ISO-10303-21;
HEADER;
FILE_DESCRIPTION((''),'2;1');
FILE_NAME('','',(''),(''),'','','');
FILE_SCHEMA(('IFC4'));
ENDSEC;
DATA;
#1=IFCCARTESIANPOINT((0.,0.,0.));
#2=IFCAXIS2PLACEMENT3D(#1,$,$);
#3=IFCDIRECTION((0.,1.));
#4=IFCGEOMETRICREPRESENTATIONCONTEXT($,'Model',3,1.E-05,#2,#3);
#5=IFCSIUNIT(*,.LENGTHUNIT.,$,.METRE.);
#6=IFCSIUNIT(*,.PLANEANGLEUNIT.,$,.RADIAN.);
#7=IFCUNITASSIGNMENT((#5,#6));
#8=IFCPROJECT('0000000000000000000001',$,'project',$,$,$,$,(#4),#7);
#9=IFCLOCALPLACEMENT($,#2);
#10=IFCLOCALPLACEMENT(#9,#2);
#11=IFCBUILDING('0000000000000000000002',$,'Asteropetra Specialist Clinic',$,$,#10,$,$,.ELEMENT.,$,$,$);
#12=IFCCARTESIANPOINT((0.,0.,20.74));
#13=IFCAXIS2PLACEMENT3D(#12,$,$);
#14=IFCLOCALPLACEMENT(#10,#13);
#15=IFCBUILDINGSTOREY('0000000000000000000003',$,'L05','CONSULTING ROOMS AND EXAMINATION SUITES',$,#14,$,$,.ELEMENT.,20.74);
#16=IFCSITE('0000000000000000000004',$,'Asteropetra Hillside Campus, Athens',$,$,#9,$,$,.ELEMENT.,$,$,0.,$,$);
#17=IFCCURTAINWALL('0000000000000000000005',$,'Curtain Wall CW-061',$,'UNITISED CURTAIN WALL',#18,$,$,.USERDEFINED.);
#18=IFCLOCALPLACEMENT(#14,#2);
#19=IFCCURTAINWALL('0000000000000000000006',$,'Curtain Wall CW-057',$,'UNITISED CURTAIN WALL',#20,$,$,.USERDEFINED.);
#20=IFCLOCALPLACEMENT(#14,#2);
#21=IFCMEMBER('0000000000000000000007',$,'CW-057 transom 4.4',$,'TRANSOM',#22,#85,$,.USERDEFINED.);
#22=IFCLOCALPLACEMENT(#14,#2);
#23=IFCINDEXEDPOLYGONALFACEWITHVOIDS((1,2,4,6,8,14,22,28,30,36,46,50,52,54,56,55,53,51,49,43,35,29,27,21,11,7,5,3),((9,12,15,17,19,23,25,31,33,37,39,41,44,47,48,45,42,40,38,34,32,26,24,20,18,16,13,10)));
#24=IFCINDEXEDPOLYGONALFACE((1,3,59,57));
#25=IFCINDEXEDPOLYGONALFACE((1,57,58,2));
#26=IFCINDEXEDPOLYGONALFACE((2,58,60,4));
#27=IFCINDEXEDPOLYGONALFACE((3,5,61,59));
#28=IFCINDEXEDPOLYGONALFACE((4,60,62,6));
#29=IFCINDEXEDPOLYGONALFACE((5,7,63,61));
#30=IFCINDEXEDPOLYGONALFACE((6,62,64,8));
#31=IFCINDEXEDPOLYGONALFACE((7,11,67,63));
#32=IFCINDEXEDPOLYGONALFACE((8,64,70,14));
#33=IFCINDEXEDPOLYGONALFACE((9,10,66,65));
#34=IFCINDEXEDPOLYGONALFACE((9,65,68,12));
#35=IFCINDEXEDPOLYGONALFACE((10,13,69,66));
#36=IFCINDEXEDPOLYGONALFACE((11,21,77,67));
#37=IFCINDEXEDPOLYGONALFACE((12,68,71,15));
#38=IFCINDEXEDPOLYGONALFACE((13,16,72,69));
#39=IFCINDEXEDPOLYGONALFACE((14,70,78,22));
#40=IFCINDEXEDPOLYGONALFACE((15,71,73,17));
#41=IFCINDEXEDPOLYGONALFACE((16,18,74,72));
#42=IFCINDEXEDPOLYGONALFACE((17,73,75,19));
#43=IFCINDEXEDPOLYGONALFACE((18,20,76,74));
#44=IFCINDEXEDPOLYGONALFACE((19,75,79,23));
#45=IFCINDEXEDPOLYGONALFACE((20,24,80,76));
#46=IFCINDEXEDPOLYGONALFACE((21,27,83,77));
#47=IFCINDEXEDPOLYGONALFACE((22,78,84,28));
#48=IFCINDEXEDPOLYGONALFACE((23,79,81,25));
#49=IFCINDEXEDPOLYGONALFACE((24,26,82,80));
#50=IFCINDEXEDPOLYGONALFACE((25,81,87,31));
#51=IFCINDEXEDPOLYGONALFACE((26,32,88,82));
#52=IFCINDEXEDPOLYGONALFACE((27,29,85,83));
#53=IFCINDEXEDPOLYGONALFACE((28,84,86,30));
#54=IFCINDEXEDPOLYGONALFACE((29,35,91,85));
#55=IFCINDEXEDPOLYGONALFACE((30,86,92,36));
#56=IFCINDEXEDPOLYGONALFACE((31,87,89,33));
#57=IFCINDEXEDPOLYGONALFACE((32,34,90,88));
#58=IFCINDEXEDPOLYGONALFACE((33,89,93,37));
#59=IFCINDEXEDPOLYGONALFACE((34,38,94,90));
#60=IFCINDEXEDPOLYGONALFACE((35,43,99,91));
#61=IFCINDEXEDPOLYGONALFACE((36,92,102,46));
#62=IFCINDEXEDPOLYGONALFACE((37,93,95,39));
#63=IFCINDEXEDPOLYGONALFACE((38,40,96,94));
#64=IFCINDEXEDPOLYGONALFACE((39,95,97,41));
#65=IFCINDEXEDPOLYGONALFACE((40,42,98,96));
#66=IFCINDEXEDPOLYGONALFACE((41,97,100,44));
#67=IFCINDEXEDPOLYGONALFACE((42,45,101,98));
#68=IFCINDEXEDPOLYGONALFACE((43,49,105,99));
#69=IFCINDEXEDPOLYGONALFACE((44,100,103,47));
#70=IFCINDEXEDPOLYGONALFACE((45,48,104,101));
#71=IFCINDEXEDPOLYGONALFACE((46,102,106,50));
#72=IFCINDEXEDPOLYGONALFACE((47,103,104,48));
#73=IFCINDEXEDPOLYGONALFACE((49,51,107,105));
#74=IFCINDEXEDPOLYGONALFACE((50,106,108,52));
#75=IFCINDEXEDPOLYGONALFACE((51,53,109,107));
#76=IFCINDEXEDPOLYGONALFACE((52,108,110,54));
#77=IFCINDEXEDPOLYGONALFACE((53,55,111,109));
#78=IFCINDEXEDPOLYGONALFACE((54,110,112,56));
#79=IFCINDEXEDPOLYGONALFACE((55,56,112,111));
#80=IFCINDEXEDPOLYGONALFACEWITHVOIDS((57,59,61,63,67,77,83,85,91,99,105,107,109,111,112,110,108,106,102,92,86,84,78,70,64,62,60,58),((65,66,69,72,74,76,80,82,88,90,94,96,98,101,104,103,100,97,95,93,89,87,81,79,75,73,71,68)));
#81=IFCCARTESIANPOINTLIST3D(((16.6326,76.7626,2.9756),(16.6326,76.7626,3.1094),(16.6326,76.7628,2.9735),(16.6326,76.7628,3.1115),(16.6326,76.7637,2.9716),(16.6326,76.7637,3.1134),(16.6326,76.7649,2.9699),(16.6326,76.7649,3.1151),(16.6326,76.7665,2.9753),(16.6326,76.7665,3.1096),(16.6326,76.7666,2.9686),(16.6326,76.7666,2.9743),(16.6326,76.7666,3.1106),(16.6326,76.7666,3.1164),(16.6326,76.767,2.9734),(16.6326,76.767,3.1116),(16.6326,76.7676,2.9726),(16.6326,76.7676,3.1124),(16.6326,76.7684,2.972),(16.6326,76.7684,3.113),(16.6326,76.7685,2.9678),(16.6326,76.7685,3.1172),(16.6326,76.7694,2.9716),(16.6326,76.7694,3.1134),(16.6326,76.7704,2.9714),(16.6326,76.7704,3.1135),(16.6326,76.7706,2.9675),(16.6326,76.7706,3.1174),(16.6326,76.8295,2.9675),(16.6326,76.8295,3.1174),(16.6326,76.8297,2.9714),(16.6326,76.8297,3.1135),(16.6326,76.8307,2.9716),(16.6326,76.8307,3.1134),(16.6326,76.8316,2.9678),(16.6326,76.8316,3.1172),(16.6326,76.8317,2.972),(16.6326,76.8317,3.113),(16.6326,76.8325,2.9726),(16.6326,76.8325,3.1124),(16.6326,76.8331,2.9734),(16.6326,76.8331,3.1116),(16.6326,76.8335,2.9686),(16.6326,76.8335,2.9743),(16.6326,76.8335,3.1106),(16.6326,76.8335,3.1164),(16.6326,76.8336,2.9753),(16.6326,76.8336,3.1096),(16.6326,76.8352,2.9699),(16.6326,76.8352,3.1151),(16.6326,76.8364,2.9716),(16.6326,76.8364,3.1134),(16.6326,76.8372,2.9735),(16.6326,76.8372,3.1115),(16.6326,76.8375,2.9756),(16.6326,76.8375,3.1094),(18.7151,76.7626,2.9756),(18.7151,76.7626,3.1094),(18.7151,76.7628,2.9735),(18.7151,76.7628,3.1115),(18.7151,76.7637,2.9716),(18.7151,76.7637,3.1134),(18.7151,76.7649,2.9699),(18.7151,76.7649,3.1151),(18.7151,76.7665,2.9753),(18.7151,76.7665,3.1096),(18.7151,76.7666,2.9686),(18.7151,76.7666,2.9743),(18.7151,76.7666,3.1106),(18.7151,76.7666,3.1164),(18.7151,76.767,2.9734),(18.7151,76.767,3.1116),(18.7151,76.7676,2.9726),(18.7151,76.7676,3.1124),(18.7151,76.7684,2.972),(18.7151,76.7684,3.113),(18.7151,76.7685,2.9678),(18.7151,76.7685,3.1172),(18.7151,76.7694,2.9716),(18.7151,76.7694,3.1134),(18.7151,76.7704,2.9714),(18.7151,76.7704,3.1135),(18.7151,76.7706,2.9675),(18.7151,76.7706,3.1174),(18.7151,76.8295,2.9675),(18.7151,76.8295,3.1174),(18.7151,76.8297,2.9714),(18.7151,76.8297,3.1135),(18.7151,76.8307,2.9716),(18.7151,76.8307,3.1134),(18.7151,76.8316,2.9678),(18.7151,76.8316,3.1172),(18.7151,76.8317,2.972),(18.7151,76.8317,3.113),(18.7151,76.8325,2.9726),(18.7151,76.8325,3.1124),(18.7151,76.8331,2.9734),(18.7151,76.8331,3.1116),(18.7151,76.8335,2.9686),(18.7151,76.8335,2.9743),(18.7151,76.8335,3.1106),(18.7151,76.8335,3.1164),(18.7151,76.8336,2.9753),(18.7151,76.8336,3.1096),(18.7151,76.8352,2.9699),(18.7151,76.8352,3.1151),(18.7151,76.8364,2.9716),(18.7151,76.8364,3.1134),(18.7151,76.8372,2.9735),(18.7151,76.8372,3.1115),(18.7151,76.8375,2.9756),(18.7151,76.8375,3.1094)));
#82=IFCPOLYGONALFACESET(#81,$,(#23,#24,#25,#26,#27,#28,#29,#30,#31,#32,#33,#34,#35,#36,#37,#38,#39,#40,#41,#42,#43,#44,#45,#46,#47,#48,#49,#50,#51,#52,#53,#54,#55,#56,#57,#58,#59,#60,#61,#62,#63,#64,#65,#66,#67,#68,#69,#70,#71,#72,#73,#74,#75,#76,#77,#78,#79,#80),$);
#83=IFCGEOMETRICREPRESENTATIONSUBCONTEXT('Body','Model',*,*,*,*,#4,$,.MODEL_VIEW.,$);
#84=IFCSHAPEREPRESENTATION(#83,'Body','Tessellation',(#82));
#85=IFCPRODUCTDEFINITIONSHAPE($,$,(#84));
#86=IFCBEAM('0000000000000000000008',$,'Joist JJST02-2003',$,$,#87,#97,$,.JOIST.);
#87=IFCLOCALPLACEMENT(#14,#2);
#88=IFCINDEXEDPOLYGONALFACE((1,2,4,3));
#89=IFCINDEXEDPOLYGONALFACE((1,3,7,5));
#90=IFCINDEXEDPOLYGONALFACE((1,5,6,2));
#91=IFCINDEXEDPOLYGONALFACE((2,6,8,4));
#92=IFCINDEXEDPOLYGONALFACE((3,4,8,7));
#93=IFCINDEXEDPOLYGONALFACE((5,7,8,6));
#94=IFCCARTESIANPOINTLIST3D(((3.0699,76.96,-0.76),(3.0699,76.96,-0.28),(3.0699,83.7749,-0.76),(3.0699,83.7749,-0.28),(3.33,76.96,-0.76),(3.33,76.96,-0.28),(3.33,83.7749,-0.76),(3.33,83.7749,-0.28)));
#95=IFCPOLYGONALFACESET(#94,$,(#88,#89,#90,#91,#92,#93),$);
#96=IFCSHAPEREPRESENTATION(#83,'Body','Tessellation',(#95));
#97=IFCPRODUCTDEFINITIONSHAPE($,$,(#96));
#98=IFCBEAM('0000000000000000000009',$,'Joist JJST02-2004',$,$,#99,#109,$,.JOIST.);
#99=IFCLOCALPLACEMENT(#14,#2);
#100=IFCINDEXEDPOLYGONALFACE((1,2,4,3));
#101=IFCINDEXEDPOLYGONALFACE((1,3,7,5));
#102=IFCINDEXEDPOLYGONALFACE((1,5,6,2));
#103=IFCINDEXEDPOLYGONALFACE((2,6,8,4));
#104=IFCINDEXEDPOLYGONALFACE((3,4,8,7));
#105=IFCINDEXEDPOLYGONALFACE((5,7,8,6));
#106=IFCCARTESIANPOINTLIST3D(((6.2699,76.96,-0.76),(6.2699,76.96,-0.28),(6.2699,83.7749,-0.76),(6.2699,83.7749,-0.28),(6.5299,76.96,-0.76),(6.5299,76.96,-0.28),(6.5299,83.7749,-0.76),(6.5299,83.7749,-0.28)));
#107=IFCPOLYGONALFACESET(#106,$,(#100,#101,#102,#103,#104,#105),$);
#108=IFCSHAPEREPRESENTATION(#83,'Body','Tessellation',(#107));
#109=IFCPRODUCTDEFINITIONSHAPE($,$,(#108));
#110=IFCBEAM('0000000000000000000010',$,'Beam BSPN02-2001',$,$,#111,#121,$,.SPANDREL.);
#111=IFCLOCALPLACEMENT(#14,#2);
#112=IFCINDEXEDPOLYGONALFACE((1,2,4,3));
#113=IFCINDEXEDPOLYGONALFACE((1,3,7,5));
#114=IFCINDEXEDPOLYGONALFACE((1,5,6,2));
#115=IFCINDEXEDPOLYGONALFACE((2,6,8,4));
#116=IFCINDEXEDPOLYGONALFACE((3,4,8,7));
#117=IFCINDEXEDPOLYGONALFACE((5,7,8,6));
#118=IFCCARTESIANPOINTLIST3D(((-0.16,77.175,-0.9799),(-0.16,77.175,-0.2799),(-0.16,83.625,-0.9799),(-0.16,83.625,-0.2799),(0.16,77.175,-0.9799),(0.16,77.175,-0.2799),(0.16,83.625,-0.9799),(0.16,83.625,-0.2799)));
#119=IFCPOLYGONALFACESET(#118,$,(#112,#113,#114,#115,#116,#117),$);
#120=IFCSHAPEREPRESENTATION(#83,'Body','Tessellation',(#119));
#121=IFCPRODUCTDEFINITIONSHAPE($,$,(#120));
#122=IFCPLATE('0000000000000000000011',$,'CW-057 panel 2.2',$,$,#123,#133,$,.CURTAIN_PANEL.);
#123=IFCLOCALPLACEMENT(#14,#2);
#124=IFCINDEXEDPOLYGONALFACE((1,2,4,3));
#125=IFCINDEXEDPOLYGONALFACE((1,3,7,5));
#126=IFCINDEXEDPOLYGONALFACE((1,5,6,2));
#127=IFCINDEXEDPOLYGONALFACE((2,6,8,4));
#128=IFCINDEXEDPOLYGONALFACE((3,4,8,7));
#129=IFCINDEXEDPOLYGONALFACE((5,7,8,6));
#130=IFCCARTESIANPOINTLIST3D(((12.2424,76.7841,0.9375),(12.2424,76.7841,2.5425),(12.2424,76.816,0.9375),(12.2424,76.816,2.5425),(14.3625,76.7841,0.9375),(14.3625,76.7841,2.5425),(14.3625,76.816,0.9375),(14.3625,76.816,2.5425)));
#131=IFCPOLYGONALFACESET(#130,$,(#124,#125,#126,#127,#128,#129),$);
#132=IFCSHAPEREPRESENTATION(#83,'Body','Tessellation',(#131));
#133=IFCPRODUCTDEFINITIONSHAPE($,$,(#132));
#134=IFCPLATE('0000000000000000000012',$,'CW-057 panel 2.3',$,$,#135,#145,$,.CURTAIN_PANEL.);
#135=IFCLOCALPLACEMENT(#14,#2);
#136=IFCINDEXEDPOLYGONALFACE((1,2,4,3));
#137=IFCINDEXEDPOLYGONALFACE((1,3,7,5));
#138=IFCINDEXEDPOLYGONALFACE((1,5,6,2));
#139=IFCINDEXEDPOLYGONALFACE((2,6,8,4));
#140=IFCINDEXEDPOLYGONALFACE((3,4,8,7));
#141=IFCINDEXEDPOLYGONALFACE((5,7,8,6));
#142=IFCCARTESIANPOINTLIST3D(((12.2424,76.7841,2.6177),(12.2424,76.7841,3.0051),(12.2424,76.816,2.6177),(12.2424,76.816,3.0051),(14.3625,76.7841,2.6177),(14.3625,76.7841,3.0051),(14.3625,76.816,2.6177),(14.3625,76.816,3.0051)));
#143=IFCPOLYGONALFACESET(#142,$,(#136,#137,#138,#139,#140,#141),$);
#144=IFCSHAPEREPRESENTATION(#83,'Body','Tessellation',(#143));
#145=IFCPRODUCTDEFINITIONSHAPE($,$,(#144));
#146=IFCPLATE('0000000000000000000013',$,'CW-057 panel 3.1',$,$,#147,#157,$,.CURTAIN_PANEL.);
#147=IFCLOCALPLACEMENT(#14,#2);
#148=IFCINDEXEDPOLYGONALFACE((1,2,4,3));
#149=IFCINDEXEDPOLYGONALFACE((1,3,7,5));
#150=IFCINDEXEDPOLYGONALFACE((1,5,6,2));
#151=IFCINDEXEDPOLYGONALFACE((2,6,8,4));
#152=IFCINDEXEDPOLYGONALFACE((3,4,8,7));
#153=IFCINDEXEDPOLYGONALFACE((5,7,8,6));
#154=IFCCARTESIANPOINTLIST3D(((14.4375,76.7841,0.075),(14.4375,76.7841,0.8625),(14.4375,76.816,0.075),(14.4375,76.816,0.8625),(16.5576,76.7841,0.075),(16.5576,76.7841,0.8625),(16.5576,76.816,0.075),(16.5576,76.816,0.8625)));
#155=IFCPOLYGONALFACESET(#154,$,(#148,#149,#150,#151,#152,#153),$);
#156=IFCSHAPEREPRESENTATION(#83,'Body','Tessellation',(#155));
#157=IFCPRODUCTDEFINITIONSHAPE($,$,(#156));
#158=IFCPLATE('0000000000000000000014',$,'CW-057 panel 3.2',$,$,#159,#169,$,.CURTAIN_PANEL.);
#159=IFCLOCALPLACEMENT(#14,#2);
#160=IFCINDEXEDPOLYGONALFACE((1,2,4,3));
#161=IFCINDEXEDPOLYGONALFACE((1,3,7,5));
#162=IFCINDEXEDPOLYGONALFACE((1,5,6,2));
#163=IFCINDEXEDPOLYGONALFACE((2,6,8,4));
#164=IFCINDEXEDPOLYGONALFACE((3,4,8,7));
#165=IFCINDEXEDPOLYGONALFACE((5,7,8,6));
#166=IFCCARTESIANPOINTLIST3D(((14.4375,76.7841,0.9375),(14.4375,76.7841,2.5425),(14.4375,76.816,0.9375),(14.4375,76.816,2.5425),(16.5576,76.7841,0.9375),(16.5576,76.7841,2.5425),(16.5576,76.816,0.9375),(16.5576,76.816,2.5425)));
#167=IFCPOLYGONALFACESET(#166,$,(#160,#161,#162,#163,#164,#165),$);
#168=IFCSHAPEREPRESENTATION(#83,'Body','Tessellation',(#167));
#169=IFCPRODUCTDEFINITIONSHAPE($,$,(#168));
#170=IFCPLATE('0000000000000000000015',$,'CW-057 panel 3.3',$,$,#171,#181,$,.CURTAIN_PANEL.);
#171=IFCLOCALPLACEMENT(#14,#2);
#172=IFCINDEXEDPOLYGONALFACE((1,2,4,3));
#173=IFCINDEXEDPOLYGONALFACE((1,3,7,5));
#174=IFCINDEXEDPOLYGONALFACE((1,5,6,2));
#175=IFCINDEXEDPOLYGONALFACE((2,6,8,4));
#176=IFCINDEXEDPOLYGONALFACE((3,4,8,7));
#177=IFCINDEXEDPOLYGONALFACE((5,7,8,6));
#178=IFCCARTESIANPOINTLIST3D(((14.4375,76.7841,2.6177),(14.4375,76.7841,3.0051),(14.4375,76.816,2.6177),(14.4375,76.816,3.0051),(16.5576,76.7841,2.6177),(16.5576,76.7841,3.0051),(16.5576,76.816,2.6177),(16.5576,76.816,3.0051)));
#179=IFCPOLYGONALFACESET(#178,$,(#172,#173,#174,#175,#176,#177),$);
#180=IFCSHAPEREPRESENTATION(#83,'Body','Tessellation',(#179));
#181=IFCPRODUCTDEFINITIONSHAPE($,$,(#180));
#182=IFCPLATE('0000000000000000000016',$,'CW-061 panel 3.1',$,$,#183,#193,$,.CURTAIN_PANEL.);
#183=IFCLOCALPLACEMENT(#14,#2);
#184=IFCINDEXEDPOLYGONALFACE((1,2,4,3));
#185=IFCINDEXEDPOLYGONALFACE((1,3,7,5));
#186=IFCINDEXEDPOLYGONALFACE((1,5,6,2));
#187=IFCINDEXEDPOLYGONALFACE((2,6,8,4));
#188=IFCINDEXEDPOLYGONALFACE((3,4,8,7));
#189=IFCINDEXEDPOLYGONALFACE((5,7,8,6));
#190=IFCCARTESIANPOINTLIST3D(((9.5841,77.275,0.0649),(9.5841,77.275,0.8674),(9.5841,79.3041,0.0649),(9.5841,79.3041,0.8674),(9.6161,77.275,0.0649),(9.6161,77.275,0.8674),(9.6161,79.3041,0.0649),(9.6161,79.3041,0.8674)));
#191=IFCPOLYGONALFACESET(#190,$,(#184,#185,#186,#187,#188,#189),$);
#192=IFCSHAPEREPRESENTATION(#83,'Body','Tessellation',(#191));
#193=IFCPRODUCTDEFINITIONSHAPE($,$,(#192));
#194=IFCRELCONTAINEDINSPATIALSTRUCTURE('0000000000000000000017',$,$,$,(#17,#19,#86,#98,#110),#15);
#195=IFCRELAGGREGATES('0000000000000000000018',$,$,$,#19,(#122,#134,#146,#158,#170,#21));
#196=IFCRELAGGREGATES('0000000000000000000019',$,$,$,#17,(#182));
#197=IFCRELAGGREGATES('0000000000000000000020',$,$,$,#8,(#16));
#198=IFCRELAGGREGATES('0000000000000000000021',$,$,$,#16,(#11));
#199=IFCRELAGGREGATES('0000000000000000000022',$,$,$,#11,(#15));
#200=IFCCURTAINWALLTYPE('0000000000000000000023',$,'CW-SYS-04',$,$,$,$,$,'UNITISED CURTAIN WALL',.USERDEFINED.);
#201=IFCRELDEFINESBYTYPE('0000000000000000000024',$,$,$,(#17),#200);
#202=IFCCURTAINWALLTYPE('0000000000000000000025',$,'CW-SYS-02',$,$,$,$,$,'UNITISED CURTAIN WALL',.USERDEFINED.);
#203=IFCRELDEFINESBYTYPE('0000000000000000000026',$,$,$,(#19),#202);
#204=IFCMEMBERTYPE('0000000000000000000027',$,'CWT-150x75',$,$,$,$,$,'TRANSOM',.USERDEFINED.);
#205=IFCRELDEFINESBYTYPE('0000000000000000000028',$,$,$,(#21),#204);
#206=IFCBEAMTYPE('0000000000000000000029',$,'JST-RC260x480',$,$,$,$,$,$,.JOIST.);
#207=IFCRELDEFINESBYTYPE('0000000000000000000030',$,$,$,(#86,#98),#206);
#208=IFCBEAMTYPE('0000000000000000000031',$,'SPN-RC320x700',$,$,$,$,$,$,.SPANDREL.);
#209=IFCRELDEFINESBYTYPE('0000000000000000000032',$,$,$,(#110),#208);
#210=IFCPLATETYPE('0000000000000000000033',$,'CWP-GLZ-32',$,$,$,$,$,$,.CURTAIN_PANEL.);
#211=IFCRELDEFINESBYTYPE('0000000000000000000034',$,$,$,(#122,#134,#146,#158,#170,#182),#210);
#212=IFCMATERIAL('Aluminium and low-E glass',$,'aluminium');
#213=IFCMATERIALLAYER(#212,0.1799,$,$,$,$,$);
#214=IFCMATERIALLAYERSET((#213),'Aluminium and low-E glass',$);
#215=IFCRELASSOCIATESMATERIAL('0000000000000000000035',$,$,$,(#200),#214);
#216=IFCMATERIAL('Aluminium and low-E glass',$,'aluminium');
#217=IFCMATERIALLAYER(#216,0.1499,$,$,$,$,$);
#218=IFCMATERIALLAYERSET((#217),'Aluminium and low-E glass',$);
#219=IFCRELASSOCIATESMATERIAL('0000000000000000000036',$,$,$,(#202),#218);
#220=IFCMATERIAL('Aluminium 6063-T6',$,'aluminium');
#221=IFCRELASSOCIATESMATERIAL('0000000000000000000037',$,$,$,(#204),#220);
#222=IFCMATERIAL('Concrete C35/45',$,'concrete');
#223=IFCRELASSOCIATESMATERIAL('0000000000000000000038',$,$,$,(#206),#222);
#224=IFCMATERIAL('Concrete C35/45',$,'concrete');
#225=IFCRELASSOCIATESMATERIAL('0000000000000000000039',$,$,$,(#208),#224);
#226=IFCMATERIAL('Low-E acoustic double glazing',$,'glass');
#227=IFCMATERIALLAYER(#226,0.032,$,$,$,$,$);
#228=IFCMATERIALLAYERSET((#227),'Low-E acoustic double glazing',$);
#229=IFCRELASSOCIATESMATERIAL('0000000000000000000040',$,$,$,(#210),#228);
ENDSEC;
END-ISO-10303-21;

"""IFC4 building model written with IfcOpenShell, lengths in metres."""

from ifc_helpers import new_model, si_unit, direction, frame, origin, origin_2d, place, context, subcontext, project, spatial, rectangle, hollow_rectangle, extrude, material, layer, layer_set, material_profile, profile_set, type_object, element, aggregate, save


model = new_model("IFC4")

# Units and contexts
model_context = context("Model", 3, precision=1e-05, world=origin(), true_north=direction((0.0, 1.0)))
body_context = subcontext(model_context, "Body", "Model", "MODEL_VIEW")
ifc_project = project(units=[si_unit("LENGTHUNIT", "METRE"), si_unit("PLANEANGLEUNIT", "RADIAN")], contexts=[model_context])

# Site, building, storey
site_placement = place(None, origin())
site = spatial("IfcSite", under=ifc_project, at=site_placement, Name="Asteropetra Hillside Campus, Athens", CompositionType="ELEMENT", RefElevation=0.0)
building_placement = place(site_placement, origin())
building = spatial("IfcBuilding", under=site, at=building_placement, Name="Asteropetra Specialist Clinic", CompositionType="ELEMENT")
storey_placement = place(building_placement, frame((0.0, 0.0, 20.74)))
storey = spatial("IfcBuildingStorey", under=building, at=storey_placement, Name="L05", Description="CONSULTING ROOMS AND EXAMINATION SUITES", CompositionType="ELEMENT", Elevation=20.74)

# Curtain wall
ifc_material_1 = material(Name="Aluminium and low-E glass", Category="aluminium")
ifc_layer_1 = layer(ifc_material_1, 0.1799)
ifc_layer_set_1 = layer_set([ifc_layer_1], Name="Aluminium and low-E glass")
curtain_wall_type_1 = type_object("IfcCurtainWallType", Name="CW-SYS-04", ElementType="UNITISED CURTAIN WALL", PredefinedType="USERDEFINED", material=ifc_layer_set_1)
curtain_wall_1_placement = place(storey_placement, origin())
curtain_wall_1 = element("IfcCurtainWall", 1, at=curtain_wall_1_placement, inside=storey, type_object=curtain_wall_type_1, Name="Curtain Wall CW-061", ObjectType="UNITISED CURTAIN WALL", PredefinedType="USERDEFINED")

# Curtain wall, member
ifc_material_2 = material(Name="Aluminium and low-E glass", Category="aluminium")
ifc_layer_2 = layer(ifc_material_2, 0.1499)
ifc_layer_set_2 = layer_set([ifc_layer_2], Name="Aluminium and low-E glass")
curtain_wall_type_2 = type_object("IfcCurtainWallType", Name="CW-SYS-02", ElementType="UNITISED CURTAIN WALL", PredefinedType="USERDEFINED", material=ifc_layer_set_2)
curtain_wall_2_placement = place(storey_placement, origin())
curtain_wall_2 = element("IfcCurtainWall", 2, at=curtain_wall_2_placement, inside=storey, type_object=curtain_wall_type_2, Name="Curtain Wall CW-057", ObjectType="UNITISED CURTAIN WALL", PredefinedType="USERDEFINED")
ifc_material_3 = material(Name="Aluminium 6063-T6", Category="aluminium")
ifc_material_profile_1 = material_profile(ifc_material_3, hollow_rectangle(XDim=0.075, YDim=0.1499, WallThickness=0.0039, InnerFilletRadius=0.0039, OuterFilletRadius=0.0081, at=origin_2d()), Name="TRN 150x75x4.0")
ifc_profile_set_1 = profile_set([ifc_material_profile_1], Name="Aluminium 6063-T6")
member_type_1 = type_object("IfcMemberType", Name="CWT-150x75", ElementType="TRANSOM", PredefinedType="USERDEFINED", material=ifc_profile_set_1)
member_1_placement = place(storey_placement, frame((16.6326, 76.8, 3.0425), z_axis=(1.0, 0.0, 0.0), x_axis=(0.0, 1.0, 0.0)))
member_1 = element("IfcMember", 3, at=member_1_placement, type_object=member_type_1, Name="CW-057 transom 4.4", ObjectType="TRANSOM", PredefinedType="USERDEFINED", context=body_context, shape_type="SweptSolid", body=[
    extrude(hollow_rectangle(XDim=0.075, YDim=0.1499, WallThickness=0.0039, InnerFilletRadius=0.0039, OuterFilletRadius=0.0081, at=origin_2d()), origin(), (0.0, 0.0, 1.0), 2.0825),
])

# Beams
ifc_material_4 = material(Name="Concrete C35/45", Category="concrete")
ifc_material_profile_2 = material_profile(ifc_material_4, rectangle(XDim=0.26, YDim=0.48, at=origin_2d()), Name="RCJ 260x480")
ifc_profile_set_2 = profile_set([ifc_material_profile_2], Name="Concrete C35/45")
beam_type_1 = type_object("IfcBeamType", Name="JST-RC260x480", PredefinedType="JOIST", material=ifc_profile_set_2)
for number, where, z_axis, x_axis, name in (
    (4, (3.2, 76.96, -0.52), (0.0, 1.0, 0.0), (-1.0, 0.0, 0.0), "Joist JJST02-2003"),
    (5, (6.3999, 76.96, -0.52), (0.0, 1.0, 0.0), (-1.0, 0.0, 0.0), "Joist JJST02-2004"),
):
    element("IfcBeam", number, at=place(storey_placement, frame(where, z_axis=z_axis, x_axis=x_axis)), inside=storey, type_object=beam_type_1, Name=name, PredefinedType="JOIST", context=body_context, shape_type="SweptSolid", body=[
        extrude(rectangle(XDim=0.26, YDim=0.48, at=origin_2d()), origin(), (0.0, 0.0, 1.0), 6.8149),
    ])
ifc_material_5 = material(Name="Concrete C35/45", Category="concrete")
ifc_material_profile_3 = material_profile(ifc_material_5, rectangle(XDim=0.3201, YDim=0.7, at=origin_2d()), Name="RCS 320x700")
ifc_profile_set_3 = profile_set([ifc_material_profile_3], Name="Concrete C35/45")
beam_type_2 = type_object("IfcBeamType", Name="SPN-RC320x700", PredefinedType="SPANDREL", material=ifc_profile_set_3)
beam_placement = place(storey_placement, frame((0.0, 77.175, -0.6299), z_axis=(0.0, 1.0, 0.0), x_axis=(-1.0, 0.0, 0.0)))
element("IfcBeam", 6, at=beam_placement, inside=storey, type_object=beam_type_2, Name="Beam BSPN02-2001", PredefinedType="SPANDREL", context=body_context, shape_type="SweptSolid", body=[
    extrude(rectangle(XDim=0.3201, YDim=0.7, at=origin_2d()), origin(), (0.0, 0.0, 1.0), 6.45),
])

# Plates
ifc_material_6 = material(Name="Low-E acoustic double glazing", Category="glass")
ifc_layer_3 = layer(ifc_material_6, 0.032)
ifc_layer_set_3 = layer_set([ifc_layer_3], Name="Low-E acoustic double glazing")
plate_type = type_object("IfcPlateType", Name="CWP-GLZ-32", PredefinedType="CURTAIN_PANEL", material=ifc_layer_set_3)
plate_1_placement = place(storey_placement, frame((13.3025, 76.8, 0.9375), z_axis=(0.0, 0.0, 1.0), x_axis=(1.0, 0.0, 0.0)))
plate_1 = element("IfcPlate", 7, at=plate_1_placement, type_object=plate_type, Name="CW-057 panel 2.2", PredefinedType="CURTAIN_PANEL", context=body_context, shape_type="SweptSolid", body=[
    extrude(rectangle(XDim=2.1201, YDim=0.032, at=origin_2d()), origin(), (0.0, 0.0, 1.0), 1.605),
])
plate_2_placement = place(storey_placement, frame((13.3025, 76.8, 2.6177), z_axis=(0.0, 0.0, 1.0), x_axis=(1.0, 0.0, 0.0)))
plate_2 = element("IfcPlate", 8, at=plate_2_placement, type_object=plate_type, Name="CW-057 panel 2.3", PredefinedType="CURTAIN_PANEL", context=body_context, shape_type="SweptSolid", body=[
    extrude(rectangle(XDim=2.1201, YDim=0.032, at=origin_2d()), origin(), (0.0, 0.0, 1.0), 0.3875),
])
plate_3_placement = place(storey_placement, frame((15.4976, 76.8, 0.075), z_axis=(0.0, 0.0, 1.0), x_axis=(1.0, 0.0, 0.0)))
plate_3 = element("IfcPlate", 9, at=plate_3_placement, type_object=plate_type, Name="CW-057 panel 3.1", PredefinedType="CURTAIN_PANEL", context=body_context, shape_type="SweptSolid", body=[
    extrude(rectangle(XDim=2.1201, YDim=0.032, at=origin_2d()), origin(), (0.0, 0.0, 1.0), 0.7876),
])
plate_4_placement = place(storey_placement, frame((15.4976, 76.8, 0.9375), z_axis=(0.0, 0.0, 1.0), x_axis=(1.0, 0.0, 0.0)))
plate_4 = element("IfcPlate", 10, at=plate_4_placement, type_object=plate_type, Name="CW-057 panel 3.2", PredefinedType="CURTAIN_PANEL", context=body_context, shape_type="SweptSolid", body=[
    extrude(rectangle(XDim=2.1201, YDim=0.032, at=origin_2d()), origin(), (0.0, 0.0, 1.0), 1.605),
])
plate_5_placement = place(storey_placement, frame((15.4976, 76.8, 2.6177), z_axis=(0.0, 0.0, 1.0), x_axis=(1.0, 0.0, 0.0)))
plate_5 = element("IfcPlate", 11, at=plate_5_placement, type_object=plate_type, Name="CW-057 panel 3.3", PredefinedType="CURTAIN_PANEL", context=body_context, shape_type="SweptSolid", body=[
    extrude(rectangle(XDim=2.1201, YDim=0.032, at=origin_2d()), origin(), (0.0, 0.0, 1.0), 0.3875),
])
aggregate(curtain_wall_2, [plate_1, plate_2, plate_3, plate_4, plate_5, member_1])
plate_6_placement = place(storey_placement, frame((9.6001, 78.2896, 0.0649), z_axis=(0.0, 0.0, 1.0), x_axis=(0.0, -1.0, 0.0)))
plate_6 = element("IfcPlate", 12, at=plate_6_placement, type_object=plate_type, Name="CW-061 panel 3.1", PredefinedType="CURTAIN_PANEL", context=body_context, shape_type="SweptSolid", body=[
    extrude(rectangle(XDim=2.0291, YDim=0.032, at=origin_2d()), origin(), (0.0, 0.0, 1.0), 0.8025),
])
aggregate(curtain_wall_1, [plate_6])

save(model, "model.ifc")
